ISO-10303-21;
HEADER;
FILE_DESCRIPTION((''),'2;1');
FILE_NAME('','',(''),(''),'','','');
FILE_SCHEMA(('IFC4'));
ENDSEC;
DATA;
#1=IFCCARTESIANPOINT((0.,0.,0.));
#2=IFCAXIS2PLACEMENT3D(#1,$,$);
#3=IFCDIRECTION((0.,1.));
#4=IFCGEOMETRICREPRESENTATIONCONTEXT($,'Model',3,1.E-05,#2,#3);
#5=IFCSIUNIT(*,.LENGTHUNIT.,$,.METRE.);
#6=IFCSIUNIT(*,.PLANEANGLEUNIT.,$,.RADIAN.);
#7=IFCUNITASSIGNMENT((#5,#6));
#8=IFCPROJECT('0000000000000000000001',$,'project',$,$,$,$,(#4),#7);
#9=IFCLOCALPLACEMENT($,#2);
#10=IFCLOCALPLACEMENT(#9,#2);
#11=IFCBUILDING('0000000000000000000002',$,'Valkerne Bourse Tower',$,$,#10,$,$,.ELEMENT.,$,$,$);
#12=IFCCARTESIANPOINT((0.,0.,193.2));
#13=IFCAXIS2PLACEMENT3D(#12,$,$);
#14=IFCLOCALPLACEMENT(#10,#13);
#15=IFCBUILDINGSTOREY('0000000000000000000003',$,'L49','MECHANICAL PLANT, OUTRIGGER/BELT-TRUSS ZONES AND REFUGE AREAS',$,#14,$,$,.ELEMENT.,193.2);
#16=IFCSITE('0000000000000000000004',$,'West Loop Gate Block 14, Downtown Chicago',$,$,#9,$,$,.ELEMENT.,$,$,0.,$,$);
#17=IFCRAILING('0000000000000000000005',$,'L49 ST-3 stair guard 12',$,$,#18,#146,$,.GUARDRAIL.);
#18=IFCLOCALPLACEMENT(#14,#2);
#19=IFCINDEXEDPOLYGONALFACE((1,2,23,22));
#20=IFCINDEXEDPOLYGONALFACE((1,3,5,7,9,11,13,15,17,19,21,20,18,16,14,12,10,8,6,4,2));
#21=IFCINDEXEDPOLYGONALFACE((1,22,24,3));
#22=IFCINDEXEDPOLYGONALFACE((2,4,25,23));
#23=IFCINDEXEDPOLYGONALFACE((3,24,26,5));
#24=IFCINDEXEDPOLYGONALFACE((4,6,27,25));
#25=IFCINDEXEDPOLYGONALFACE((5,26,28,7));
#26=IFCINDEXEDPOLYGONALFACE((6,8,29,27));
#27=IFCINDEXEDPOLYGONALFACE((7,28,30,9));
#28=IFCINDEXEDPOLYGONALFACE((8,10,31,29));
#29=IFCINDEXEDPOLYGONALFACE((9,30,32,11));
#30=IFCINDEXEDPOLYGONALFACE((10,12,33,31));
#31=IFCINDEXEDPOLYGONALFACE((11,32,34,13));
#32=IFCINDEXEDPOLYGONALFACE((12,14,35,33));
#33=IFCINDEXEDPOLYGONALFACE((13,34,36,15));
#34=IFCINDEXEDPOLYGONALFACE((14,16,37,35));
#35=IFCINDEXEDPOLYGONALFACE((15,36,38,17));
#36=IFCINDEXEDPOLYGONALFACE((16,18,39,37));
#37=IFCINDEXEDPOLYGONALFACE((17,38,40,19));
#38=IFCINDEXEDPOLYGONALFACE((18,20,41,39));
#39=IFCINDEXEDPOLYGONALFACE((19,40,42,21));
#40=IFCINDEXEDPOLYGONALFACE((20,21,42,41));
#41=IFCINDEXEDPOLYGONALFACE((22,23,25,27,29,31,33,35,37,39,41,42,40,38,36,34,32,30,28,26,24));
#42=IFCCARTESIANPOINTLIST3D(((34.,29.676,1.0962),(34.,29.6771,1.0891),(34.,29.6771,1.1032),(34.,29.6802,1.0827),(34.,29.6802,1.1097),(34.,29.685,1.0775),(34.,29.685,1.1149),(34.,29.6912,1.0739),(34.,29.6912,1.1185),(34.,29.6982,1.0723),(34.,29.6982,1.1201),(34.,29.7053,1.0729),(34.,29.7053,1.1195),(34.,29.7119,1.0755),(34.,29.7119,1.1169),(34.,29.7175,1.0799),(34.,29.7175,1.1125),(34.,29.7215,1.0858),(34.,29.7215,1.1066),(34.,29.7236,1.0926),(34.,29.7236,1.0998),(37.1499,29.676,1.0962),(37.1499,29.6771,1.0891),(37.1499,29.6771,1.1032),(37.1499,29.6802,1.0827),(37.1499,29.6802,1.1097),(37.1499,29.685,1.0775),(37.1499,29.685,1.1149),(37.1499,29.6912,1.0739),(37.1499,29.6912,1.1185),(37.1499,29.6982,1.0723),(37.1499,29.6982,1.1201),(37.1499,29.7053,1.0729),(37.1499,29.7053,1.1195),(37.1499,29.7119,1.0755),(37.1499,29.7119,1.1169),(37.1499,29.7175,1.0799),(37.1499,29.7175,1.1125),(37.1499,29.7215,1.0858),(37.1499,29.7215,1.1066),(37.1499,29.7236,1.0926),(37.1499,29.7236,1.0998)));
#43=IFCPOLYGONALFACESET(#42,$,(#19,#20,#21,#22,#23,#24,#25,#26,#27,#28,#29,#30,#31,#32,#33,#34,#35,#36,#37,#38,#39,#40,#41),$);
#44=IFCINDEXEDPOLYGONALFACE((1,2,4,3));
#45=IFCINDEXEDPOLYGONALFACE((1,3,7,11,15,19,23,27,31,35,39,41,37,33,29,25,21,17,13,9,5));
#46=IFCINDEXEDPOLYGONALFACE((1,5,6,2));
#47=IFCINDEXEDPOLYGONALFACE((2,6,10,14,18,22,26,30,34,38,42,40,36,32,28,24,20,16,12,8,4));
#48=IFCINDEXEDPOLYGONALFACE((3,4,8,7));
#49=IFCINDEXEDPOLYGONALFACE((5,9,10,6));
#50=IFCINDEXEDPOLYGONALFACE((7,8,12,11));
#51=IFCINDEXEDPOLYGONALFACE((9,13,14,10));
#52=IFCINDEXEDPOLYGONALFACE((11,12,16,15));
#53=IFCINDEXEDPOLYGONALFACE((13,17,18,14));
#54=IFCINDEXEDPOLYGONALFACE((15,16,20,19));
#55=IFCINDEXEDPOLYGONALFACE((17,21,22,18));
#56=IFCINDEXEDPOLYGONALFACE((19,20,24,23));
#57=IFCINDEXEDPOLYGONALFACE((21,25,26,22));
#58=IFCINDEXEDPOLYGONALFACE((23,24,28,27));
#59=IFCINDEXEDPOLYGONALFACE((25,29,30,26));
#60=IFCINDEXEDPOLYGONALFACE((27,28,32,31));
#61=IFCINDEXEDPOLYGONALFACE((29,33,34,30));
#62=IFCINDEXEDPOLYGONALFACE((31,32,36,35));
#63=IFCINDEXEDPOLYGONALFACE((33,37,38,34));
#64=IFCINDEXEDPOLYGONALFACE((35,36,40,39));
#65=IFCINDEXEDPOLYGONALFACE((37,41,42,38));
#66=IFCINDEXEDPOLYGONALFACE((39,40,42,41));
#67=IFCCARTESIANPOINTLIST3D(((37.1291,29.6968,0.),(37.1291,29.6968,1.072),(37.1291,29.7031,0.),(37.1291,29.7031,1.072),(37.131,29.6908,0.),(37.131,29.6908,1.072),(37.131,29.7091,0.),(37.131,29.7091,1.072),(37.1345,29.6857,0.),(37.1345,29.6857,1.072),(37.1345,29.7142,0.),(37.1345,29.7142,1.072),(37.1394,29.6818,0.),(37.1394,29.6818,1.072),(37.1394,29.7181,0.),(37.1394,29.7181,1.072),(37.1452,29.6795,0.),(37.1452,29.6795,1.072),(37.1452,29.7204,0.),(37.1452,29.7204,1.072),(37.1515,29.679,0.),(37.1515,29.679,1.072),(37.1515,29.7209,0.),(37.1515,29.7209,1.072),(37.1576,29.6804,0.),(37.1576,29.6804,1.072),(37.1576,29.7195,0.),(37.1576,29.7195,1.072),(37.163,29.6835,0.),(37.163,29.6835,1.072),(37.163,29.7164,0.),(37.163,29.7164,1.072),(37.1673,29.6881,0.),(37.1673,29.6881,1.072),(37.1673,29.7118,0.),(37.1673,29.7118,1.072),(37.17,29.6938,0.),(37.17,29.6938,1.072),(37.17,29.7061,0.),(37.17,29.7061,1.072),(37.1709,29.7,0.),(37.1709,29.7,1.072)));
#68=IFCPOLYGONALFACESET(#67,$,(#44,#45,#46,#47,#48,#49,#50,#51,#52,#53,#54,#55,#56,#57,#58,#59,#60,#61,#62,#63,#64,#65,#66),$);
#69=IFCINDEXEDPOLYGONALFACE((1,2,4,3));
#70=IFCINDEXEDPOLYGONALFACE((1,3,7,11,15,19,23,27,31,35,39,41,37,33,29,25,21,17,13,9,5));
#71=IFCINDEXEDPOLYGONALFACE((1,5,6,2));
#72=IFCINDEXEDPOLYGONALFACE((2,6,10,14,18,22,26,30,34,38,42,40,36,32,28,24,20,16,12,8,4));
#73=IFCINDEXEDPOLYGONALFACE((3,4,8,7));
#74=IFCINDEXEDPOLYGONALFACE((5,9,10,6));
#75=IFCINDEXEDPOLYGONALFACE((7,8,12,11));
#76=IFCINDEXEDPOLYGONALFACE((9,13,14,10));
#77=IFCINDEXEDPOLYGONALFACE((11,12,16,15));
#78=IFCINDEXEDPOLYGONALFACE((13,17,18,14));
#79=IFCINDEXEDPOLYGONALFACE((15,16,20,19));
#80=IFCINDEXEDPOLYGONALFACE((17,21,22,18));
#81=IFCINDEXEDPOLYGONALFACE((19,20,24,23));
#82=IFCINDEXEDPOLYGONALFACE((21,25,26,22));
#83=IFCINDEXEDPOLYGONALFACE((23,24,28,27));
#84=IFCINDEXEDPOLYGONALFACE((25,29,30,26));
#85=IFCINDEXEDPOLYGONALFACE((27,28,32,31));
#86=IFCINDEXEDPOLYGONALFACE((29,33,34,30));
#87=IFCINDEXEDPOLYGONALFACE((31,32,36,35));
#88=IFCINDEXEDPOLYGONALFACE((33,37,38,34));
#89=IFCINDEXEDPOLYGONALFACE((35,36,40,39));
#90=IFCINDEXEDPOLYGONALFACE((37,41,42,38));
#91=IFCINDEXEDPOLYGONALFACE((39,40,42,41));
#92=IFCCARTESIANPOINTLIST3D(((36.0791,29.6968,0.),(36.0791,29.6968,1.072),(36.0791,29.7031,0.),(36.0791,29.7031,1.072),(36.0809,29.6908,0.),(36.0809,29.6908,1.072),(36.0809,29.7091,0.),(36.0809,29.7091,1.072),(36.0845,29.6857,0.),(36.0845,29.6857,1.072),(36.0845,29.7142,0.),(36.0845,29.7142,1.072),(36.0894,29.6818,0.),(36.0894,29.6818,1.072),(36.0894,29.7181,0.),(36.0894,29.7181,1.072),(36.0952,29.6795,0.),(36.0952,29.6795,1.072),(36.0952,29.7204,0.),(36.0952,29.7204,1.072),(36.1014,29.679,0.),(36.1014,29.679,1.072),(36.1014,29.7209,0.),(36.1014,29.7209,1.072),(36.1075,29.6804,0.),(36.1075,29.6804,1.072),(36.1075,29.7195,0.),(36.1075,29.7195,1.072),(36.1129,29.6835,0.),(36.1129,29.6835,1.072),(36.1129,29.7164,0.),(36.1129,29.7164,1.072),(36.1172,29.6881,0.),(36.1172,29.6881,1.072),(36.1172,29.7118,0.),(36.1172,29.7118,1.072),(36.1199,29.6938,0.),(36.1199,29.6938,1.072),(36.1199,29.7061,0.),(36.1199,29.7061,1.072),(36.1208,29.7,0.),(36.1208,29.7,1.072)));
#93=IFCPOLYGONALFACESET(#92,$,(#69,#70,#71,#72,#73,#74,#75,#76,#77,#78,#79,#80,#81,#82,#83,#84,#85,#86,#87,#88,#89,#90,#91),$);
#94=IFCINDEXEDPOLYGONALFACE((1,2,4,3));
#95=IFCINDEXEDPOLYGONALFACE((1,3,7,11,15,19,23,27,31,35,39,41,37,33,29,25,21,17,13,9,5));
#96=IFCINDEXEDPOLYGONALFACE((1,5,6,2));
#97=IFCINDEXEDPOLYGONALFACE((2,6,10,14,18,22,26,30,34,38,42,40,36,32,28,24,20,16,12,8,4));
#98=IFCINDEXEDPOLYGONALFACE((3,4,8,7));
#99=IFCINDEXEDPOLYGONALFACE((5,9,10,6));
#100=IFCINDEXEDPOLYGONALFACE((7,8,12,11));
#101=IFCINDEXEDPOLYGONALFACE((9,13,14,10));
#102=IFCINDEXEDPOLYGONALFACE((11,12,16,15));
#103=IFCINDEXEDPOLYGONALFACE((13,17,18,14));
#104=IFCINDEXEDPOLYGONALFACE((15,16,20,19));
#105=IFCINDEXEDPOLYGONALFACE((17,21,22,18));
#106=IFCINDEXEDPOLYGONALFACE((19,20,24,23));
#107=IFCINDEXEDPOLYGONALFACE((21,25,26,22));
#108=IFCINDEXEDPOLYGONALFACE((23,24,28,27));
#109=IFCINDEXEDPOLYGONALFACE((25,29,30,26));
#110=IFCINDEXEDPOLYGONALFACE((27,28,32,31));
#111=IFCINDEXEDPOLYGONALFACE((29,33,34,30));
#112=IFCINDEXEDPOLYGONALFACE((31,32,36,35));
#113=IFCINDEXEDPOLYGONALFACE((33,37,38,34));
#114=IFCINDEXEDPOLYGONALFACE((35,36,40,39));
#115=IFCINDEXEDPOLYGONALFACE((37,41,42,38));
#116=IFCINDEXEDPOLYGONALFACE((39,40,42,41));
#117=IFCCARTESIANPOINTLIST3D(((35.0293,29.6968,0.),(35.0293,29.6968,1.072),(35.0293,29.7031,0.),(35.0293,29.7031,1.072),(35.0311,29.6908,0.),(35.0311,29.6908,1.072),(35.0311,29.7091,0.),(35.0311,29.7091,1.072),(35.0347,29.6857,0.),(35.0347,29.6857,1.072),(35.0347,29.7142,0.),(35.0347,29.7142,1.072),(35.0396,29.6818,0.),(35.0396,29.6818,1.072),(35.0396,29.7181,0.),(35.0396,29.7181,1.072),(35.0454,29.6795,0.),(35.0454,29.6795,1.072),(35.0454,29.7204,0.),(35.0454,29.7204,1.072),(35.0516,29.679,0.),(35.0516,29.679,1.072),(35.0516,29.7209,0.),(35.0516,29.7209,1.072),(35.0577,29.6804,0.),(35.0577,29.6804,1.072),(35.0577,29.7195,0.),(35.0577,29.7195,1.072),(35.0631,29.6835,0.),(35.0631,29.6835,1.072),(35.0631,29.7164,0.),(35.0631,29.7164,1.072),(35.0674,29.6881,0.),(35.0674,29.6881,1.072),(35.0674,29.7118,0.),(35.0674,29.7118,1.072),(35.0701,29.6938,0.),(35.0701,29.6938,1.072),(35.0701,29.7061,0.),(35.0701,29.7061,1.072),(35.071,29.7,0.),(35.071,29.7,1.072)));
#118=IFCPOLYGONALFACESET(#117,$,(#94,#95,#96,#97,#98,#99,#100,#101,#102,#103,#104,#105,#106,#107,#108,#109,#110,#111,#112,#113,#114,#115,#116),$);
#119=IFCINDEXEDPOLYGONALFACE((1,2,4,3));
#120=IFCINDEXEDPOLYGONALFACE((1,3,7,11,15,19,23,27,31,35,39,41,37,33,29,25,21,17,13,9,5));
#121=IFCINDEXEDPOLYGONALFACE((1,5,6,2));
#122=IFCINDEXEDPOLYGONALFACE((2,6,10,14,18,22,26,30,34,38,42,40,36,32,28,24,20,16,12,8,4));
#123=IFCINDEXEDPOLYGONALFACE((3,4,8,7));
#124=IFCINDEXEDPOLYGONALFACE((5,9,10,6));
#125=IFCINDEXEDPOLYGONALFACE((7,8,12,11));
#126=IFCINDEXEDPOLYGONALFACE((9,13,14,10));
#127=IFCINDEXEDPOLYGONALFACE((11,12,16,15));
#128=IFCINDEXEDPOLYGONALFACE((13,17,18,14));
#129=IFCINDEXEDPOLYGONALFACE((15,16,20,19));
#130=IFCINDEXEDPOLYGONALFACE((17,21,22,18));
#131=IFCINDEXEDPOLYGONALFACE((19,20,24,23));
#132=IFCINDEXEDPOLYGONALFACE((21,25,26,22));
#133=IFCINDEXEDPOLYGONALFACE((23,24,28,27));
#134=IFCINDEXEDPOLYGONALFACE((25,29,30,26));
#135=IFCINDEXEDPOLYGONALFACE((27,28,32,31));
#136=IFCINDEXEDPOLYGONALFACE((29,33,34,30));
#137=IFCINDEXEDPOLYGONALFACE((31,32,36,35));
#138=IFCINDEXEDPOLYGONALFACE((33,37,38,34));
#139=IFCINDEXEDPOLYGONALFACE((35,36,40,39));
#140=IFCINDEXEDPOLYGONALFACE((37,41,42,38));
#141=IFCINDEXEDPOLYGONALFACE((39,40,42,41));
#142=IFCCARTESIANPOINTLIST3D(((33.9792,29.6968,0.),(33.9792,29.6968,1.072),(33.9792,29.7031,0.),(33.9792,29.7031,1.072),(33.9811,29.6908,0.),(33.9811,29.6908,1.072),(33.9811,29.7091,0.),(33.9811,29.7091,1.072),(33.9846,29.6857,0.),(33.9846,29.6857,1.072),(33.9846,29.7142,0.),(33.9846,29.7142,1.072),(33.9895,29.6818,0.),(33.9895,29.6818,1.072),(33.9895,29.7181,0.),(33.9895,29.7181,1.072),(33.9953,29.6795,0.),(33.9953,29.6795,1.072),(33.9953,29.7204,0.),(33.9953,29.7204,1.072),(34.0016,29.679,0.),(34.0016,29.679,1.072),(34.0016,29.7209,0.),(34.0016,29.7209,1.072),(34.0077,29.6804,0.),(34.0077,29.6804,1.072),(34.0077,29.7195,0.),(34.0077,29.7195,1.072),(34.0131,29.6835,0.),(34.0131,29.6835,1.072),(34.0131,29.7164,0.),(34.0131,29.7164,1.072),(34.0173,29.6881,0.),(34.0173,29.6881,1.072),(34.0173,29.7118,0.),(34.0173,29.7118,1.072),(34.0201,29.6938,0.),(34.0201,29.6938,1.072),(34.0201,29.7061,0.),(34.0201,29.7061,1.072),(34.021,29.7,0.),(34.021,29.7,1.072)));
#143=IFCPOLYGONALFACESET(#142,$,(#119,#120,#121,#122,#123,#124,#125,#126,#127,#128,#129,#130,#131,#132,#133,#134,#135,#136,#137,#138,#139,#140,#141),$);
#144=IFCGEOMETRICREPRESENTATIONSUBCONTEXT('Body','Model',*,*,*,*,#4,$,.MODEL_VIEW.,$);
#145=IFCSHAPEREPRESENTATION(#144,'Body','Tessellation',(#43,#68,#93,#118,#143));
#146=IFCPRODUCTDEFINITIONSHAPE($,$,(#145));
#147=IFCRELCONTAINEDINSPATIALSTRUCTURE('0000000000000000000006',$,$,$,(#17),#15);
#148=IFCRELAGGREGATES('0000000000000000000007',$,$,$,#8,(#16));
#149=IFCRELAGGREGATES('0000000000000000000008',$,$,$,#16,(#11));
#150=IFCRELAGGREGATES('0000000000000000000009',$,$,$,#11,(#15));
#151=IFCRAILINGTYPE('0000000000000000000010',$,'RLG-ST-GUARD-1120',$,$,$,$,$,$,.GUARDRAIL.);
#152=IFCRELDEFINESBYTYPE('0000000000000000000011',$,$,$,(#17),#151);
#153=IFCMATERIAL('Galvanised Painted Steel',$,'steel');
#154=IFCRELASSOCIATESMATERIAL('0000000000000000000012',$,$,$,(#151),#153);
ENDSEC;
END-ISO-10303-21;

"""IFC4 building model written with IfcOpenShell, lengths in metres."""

from ifc_helpers import new_model, si_unit, direction, frame, origin, origin_2d, place, context, subcontext, project, spatial, circle, extrude, material, type_object, element, save


model = new_model("IFC4")

# Units and contexts
model_context = context("Model", 3, precision=1e-05, world=origin(), true_north=direction((0.0, 1.0)))
body_context = subcontext(model_context, "Body", "Model", "MODEL_VIEW")
ifc_project = project(units=[si_unit("LENGTHUNIT", "METRE"), si_unit("PLANEANGLEUNIT", "RADIAN")], contexts=[model_context])

# Site, building, storey
site_placement = place(None, origin())
site = spatial("IfcSite", under=ifc_project, at=site_placement, Name="West Loop Gate Block 14, Downtown Chicago", CompositionType="ELEMENT", RefElevation=0.0)
building_placement = place(site_placement, origin())
building = spatial("IfcBuilding", under=site, at=building_placement, Name="Valkerne Bourse Tower", CompositionType="ELEMENT")
storey_placement = place(building_placement, frame((0.0, 0.0, 193.2)))
storey = spatial("IfcBuildingStorey", under=building, at=storey_placement, Name="L49", Description="MECHANICAL PLANT, OUTRIGGER/BELT-TRUSS ZONES AND REFUGE AREAS", CompositionType="ELEMENT", Elevation=193.2)

# Railing
ifc_material_1 = material(Name="Galvanised Painted Steel", Category="steel")
railing_type_1 = type_object("IfcRailingType", Name="RLG-ST-GUARD-1120", PredefinedType="GUARDRAIL", material=ifc_material_1)
railing_1_placement = place(storey_placement, frame((37.1499, 29.7, 0.0)))
element("IfcRailing", 1, at=railing_1_placement, inside=storey, type_object=railing_type_1, Name="L49 ST-3 stair guard 12", PredefinedType="GUARDRAIL", context=body_context, shape_type="SweptSolid", body=[
    extrude(circle(Radius=0.0239, at=origin_2d()), frame((0.0, 0.0, 1.0962), z_axis=(-1.0, 0.0, 0.0), x_axis=(0.0, -1.0, 0.0)), (0.0, 0.0, 1.0), 3.1499),
    extrude(circle(Radius=0.021, at=origin_2d()), origin(), (0.0, 0.0, 1.0), 1.072),
    extrude(circle(Radius=0.021, at=origin_2d()), frame((-1.05, 0.0, 0.0)), (0.0, 0.0, 1.0), 1.072),
    extrude(circle(Radius=0.021, at=origin_2d()), frame((-2.0999, 0.0, 0.0)), (0.0, 0.0, 1.0), 1.072),
    extrude(circle(Radius=0.021, at=origin_2d()), frame((-3.1499, 0.0, 0.0)), (0.0, 0.0, 1.0), 1.072),
])

save(model, "model.ifc")
